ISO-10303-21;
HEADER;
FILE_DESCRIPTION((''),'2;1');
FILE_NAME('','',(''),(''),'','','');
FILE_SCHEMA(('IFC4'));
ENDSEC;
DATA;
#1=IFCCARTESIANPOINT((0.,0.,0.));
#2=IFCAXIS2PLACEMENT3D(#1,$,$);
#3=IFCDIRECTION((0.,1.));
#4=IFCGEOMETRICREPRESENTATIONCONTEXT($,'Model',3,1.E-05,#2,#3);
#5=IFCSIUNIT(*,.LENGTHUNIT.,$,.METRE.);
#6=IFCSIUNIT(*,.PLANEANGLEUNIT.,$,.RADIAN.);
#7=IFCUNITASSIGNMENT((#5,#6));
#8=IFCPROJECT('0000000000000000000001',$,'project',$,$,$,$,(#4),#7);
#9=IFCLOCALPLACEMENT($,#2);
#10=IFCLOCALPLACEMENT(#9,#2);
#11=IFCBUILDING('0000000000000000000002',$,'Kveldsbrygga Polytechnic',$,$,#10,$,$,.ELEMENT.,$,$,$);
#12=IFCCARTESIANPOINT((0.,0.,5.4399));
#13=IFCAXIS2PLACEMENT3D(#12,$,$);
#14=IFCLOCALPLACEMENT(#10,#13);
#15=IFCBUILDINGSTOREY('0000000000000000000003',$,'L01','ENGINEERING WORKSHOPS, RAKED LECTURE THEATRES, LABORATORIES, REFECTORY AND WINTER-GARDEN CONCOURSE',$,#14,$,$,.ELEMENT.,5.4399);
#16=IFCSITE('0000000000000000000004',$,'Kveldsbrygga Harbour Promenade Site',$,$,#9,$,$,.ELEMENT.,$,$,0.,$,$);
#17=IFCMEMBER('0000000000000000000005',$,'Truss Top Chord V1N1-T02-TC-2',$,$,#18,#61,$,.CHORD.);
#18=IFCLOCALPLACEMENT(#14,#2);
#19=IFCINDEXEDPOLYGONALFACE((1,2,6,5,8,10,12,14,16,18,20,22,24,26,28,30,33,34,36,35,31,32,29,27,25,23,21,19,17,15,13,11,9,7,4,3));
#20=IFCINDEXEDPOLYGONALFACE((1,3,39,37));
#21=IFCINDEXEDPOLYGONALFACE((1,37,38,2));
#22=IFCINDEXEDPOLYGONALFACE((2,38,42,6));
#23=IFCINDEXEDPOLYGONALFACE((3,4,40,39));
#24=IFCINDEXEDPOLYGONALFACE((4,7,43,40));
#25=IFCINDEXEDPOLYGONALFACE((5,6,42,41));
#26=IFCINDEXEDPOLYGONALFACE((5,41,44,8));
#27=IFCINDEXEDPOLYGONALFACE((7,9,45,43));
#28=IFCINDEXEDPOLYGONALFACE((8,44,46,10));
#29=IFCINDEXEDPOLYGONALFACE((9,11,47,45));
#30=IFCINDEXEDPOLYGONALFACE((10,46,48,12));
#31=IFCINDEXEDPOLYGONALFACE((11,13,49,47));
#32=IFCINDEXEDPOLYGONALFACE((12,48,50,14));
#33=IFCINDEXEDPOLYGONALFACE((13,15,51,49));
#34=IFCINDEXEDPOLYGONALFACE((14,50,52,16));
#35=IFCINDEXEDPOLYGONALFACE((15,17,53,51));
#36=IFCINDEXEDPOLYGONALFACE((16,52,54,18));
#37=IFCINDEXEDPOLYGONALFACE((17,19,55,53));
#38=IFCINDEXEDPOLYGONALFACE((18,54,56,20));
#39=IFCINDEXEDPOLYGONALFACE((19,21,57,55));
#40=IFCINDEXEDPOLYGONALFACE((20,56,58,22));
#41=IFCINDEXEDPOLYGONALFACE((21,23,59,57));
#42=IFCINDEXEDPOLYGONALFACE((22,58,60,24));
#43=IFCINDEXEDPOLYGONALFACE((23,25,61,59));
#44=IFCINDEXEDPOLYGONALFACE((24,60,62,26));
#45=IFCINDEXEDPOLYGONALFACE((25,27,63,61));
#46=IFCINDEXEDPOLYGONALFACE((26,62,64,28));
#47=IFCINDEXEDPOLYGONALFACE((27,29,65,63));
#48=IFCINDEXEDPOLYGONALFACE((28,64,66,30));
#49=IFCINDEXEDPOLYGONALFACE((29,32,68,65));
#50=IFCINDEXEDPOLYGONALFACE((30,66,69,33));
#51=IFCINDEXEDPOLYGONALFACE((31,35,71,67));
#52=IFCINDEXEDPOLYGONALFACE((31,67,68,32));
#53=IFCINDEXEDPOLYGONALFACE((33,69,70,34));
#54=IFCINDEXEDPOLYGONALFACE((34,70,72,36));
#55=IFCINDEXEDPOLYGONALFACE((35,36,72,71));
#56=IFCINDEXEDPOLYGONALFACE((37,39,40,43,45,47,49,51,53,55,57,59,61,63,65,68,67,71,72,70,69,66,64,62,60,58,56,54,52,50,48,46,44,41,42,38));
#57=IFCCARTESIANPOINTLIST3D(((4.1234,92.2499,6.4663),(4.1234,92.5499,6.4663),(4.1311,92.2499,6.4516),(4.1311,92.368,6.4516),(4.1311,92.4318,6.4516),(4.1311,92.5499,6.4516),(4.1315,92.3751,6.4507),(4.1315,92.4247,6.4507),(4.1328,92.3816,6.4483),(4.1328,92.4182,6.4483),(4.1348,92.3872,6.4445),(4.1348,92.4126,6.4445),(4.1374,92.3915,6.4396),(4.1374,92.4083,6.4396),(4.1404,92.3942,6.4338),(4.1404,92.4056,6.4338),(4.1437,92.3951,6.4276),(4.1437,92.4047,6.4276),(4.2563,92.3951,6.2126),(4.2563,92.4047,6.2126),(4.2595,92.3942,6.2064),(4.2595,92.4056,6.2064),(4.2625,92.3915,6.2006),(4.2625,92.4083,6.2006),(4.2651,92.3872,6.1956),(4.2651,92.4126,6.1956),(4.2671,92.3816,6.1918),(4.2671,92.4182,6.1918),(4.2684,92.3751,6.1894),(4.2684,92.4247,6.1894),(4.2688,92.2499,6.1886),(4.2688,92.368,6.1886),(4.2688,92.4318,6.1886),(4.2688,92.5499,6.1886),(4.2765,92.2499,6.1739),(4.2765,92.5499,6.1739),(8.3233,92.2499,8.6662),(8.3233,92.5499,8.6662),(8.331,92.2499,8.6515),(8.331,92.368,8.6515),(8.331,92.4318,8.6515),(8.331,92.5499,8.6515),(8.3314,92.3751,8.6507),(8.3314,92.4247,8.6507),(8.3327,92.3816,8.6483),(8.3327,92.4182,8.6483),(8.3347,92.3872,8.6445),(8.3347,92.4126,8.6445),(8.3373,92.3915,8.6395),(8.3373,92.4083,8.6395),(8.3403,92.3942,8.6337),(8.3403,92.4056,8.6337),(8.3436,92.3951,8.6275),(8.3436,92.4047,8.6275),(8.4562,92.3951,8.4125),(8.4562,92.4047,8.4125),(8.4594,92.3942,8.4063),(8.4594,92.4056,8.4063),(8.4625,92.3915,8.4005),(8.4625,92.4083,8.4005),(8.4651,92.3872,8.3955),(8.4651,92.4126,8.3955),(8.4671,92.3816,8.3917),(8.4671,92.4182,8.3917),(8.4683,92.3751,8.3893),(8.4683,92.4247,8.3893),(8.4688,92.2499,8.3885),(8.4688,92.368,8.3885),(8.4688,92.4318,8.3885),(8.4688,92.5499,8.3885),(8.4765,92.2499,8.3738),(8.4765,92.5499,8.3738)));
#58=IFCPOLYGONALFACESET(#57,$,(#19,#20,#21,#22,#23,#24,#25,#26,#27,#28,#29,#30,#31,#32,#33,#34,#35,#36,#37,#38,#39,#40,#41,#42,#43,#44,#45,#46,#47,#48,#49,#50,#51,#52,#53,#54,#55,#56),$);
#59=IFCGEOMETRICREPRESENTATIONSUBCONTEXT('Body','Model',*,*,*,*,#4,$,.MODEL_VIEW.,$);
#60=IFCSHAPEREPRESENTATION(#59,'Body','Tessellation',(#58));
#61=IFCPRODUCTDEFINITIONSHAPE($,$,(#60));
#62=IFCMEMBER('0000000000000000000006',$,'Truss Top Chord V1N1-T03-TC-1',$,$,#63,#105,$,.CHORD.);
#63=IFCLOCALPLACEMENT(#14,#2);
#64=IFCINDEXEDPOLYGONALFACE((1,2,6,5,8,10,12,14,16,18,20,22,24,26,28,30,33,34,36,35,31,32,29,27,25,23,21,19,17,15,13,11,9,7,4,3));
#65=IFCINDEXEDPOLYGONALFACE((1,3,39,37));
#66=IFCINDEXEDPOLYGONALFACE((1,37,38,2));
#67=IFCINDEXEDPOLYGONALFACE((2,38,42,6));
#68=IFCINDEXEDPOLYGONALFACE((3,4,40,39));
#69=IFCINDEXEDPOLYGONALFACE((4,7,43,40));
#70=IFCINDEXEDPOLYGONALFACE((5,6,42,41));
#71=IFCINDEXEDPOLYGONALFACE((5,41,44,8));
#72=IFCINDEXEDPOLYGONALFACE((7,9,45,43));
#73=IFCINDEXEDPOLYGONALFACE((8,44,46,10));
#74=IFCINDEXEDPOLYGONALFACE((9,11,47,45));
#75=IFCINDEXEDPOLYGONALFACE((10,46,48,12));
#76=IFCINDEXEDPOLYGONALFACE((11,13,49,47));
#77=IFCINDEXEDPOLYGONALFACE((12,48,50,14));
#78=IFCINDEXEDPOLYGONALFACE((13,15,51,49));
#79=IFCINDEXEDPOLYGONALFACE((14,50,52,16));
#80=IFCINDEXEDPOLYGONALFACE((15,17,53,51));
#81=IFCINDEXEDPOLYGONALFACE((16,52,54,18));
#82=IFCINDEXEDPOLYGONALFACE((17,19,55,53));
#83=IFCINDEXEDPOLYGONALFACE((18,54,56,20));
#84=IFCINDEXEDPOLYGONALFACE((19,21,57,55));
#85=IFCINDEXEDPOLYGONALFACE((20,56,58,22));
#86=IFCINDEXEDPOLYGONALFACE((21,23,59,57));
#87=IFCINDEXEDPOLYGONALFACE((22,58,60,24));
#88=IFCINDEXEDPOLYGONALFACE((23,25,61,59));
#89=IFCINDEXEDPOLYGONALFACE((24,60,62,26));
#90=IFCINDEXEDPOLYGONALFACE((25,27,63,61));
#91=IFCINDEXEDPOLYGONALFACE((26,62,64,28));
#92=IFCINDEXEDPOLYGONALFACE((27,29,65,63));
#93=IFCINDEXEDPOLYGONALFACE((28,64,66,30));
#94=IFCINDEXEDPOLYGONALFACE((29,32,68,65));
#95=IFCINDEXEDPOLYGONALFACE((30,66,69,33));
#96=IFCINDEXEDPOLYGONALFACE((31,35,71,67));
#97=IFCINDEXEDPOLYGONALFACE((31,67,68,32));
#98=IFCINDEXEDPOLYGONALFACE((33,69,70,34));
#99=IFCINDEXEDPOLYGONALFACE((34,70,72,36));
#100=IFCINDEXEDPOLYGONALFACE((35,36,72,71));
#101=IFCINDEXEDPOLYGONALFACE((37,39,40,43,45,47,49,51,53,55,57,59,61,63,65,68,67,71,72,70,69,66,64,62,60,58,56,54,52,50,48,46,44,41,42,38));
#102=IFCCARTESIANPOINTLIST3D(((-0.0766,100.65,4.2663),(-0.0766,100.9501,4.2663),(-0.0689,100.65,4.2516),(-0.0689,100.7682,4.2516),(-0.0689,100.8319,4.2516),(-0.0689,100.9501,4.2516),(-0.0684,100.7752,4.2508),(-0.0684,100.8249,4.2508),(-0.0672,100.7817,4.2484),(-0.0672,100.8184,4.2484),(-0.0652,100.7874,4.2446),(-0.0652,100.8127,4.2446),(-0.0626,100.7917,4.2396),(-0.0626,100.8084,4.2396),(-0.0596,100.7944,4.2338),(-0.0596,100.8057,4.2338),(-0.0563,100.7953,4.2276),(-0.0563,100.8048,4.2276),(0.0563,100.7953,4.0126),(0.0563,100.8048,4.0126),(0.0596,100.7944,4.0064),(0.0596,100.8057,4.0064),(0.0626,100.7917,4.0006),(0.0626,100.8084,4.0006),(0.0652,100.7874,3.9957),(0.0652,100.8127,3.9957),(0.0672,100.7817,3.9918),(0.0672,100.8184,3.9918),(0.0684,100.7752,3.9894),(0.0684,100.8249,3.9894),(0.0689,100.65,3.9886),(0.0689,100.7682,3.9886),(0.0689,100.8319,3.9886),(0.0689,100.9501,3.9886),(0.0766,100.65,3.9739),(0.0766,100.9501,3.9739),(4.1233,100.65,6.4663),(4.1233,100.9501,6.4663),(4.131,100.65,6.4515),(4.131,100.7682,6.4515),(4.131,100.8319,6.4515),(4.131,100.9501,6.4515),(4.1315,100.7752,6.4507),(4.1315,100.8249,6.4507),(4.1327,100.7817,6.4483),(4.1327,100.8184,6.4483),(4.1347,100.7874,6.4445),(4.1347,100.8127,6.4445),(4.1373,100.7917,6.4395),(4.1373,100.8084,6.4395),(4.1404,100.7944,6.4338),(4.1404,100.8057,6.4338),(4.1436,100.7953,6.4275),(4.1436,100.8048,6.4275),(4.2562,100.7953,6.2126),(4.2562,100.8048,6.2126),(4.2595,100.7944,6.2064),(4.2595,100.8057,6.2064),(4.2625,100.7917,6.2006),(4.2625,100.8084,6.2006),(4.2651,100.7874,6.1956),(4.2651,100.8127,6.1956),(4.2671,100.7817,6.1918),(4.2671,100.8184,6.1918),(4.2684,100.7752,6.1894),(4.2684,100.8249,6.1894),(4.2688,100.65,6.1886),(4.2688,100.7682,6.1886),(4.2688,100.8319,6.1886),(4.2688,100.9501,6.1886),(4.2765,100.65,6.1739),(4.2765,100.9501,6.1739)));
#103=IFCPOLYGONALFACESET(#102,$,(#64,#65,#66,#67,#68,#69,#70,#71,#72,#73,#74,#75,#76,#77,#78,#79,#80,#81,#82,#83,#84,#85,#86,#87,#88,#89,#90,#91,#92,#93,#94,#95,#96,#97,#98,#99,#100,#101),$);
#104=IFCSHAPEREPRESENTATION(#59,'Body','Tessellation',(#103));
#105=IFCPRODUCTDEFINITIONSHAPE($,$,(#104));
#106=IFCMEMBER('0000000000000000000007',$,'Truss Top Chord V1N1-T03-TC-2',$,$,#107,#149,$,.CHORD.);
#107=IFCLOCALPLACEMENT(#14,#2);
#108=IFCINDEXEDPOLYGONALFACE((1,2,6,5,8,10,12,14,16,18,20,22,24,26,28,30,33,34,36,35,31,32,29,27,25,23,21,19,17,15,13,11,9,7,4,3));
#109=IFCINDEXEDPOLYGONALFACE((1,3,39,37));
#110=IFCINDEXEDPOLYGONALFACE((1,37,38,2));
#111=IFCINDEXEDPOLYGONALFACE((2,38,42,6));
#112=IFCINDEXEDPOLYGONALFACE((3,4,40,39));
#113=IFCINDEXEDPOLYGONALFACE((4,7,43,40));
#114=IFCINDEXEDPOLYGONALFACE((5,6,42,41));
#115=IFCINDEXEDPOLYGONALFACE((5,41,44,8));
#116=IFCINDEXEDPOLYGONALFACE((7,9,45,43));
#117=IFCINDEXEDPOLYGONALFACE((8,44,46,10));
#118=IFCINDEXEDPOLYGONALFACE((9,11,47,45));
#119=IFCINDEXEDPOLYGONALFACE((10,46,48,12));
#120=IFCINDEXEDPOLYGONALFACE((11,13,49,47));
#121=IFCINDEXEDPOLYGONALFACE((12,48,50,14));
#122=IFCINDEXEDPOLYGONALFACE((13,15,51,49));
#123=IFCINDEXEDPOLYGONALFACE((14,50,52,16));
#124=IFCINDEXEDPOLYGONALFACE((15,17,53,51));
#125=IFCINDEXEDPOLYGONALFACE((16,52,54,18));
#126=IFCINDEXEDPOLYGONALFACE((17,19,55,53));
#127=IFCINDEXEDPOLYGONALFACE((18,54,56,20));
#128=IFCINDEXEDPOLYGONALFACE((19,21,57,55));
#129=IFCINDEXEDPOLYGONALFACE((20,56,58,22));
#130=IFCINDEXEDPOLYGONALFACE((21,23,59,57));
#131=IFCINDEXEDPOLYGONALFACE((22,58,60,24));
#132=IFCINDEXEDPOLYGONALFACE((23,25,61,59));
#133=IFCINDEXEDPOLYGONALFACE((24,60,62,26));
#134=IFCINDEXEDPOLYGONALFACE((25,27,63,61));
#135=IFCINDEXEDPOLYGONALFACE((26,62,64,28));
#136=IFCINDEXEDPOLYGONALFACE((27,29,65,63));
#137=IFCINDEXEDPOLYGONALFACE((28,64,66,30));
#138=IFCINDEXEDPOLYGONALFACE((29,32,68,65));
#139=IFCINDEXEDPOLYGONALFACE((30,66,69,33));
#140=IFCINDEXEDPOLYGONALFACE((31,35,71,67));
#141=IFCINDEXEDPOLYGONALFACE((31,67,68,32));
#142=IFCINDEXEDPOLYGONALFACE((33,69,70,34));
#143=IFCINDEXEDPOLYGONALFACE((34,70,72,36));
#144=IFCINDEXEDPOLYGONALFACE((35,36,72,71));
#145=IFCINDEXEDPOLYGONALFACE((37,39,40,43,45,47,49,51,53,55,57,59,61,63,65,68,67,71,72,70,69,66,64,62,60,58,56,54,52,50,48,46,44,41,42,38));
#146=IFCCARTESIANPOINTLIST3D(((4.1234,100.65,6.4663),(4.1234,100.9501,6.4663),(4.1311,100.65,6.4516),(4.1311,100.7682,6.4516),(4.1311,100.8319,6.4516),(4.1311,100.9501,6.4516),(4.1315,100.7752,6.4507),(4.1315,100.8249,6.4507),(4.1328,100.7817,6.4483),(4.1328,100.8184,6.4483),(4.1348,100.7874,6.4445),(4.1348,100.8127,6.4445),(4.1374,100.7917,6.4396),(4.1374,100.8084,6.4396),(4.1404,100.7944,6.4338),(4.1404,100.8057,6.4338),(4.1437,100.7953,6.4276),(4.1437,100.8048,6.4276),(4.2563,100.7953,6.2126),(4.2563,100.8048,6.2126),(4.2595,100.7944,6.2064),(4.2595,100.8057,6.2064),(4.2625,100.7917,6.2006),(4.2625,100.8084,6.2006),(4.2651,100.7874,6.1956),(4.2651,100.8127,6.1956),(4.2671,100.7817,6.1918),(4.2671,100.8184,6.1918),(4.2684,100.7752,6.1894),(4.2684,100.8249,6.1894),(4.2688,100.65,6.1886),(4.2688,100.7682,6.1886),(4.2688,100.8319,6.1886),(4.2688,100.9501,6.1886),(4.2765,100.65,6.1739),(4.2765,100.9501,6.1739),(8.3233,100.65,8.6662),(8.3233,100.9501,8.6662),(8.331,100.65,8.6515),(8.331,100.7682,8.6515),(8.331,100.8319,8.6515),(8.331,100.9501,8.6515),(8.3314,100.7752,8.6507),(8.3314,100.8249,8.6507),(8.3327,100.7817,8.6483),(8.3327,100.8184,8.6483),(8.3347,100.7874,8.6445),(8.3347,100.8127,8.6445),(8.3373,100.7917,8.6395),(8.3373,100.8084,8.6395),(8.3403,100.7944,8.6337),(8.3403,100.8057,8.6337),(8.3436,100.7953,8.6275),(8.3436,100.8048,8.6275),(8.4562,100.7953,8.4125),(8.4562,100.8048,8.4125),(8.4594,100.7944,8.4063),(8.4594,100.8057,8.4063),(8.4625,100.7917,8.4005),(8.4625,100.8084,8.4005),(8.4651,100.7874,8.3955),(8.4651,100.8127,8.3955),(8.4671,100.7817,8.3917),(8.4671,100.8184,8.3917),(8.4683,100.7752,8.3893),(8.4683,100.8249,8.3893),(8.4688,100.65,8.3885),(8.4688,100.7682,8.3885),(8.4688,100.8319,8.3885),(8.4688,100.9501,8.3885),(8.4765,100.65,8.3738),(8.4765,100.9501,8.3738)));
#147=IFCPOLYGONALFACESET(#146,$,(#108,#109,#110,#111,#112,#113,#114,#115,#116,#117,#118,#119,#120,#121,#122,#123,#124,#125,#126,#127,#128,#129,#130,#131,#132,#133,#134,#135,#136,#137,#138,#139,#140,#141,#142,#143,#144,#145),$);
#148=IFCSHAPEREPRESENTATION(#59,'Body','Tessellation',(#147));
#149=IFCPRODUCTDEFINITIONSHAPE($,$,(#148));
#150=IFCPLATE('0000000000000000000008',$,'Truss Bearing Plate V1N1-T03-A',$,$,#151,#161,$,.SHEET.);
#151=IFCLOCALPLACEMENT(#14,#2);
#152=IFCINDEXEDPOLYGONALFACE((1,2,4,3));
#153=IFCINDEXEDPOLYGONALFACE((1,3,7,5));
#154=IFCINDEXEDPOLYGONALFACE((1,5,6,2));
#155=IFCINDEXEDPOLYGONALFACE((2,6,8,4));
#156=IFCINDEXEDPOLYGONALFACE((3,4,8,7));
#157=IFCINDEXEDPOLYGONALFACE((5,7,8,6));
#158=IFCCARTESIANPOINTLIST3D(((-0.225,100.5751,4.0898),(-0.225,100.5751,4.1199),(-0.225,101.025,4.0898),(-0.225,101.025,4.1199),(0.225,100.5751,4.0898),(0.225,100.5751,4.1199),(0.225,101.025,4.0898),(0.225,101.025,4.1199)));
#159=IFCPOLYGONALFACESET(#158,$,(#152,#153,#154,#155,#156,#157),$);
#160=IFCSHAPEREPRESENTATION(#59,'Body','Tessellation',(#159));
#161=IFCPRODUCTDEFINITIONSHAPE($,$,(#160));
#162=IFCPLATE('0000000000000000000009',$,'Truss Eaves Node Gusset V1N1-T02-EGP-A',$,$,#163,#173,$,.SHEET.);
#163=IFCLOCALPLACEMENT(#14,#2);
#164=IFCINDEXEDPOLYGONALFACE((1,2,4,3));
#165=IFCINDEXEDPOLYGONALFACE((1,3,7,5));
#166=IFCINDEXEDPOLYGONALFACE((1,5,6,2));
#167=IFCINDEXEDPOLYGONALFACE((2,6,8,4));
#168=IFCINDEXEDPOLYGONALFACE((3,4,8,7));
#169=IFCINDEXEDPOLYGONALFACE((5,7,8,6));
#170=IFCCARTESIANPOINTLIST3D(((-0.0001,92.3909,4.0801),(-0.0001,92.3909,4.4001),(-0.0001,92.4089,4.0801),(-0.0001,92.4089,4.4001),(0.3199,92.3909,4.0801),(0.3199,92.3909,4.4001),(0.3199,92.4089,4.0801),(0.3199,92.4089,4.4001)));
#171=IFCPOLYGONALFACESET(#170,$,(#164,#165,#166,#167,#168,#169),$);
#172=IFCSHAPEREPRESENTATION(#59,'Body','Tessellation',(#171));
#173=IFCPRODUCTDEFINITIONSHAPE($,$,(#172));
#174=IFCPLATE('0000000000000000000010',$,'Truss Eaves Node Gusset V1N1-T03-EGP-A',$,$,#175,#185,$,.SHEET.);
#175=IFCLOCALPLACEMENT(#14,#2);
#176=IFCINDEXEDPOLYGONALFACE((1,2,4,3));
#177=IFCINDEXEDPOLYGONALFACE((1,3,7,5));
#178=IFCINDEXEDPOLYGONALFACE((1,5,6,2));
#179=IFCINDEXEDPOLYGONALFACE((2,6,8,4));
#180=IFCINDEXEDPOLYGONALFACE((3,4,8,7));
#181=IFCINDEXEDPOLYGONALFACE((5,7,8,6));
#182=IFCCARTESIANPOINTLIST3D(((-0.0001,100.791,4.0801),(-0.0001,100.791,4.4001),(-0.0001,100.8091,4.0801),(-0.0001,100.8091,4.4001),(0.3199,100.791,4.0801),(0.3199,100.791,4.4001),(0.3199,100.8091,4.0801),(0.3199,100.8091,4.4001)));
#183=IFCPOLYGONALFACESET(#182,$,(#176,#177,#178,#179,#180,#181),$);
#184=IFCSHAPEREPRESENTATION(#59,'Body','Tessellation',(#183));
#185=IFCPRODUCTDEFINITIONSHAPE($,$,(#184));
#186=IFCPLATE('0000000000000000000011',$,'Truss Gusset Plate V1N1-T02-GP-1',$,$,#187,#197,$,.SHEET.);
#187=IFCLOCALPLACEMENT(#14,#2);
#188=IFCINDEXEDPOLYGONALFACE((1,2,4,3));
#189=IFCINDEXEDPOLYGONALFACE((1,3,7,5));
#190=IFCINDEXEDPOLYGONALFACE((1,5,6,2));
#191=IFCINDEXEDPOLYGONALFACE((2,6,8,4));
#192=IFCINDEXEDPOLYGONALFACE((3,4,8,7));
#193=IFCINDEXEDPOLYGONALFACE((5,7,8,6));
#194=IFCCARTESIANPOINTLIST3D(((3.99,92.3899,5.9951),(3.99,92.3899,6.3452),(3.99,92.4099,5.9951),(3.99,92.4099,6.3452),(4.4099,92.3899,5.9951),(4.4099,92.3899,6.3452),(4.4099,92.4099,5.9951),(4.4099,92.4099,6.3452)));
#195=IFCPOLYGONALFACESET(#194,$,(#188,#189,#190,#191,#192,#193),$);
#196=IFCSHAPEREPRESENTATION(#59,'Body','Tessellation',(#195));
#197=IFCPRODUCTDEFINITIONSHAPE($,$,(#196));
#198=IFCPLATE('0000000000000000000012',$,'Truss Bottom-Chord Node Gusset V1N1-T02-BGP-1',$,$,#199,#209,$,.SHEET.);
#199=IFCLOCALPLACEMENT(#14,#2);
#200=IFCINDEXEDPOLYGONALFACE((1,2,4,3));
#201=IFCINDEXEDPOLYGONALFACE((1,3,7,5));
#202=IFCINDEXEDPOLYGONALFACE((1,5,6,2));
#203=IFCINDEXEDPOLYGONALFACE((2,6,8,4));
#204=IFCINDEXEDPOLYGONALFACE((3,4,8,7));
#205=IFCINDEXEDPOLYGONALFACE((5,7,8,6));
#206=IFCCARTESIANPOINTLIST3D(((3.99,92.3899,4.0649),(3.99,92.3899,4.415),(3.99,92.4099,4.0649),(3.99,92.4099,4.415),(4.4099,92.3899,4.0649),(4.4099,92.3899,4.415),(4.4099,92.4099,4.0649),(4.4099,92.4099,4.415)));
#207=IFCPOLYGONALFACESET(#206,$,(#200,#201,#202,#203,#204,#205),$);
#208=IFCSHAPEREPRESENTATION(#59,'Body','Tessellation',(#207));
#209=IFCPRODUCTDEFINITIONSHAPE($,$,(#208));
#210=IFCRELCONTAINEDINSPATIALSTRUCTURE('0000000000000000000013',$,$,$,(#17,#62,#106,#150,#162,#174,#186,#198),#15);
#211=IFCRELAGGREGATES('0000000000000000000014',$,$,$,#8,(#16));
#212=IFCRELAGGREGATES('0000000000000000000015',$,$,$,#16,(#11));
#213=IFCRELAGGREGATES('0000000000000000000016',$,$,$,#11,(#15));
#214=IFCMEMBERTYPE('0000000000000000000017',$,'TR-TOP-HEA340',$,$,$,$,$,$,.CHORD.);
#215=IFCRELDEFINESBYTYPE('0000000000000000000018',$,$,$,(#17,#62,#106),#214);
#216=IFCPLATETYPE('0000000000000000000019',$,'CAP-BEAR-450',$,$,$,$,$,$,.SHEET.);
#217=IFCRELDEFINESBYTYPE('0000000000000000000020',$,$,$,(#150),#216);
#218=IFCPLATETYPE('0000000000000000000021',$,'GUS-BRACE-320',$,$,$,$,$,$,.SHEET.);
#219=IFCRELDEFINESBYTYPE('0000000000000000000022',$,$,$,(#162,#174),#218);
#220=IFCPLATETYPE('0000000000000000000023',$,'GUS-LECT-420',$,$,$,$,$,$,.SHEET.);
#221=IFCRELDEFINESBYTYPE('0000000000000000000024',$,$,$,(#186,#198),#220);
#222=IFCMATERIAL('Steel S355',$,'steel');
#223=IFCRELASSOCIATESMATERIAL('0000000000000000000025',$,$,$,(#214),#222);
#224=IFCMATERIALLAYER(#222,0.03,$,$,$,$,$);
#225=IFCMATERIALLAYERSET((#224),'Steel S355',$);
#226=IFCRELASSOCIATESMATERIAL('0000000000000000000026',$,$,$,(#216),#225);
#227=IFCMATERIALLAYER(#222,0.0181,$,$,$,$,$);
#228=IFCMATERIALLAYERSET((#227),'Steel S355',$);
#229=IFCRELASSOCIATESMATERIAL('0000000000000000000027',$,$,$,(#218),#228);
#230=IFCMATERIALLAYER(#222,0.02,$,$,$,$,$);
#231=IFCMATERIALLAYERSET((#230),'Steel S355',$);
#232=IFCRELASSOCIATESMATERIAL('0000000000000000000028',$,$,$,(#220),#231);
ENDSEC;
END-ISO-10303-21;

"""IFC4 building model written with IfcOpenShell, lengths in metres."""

from ifc_helpers import new_model, si_unit, direction, frame, origin, origin_2d, place, context, subcontext, project, spatial, rectangle, i_section, extrude, material, layer, layer_set, material_profile, profile_set, type_object, element, save


model = new_model("IFC4")

# Units and contexts
model_context = context("Model", 3, precision=1e-05, world=origin(), true_north=direction((0.0, 1.0)))
body_context = subcontext(model_context, "Body", "Model", "MODEL_VIEW")
ifc_project = project(units=[si_unit("LENGTHUNIT", "METRE"), si_unit("PLANEANGLEUNIT", "RADIAN")], contexts=[model_context])

# Site, building, storey
site_placement = place(None, origin())
site = spatial("IfcSite", under=ifc_project, at=site_placement, Name="Kveldsbrygga Harbour Promenade Site", CompositionType="ELEMENT", RefElevation=0.0)
building_placement = place(site_placement, origin())
building = spatial("IfcBuilding", under=site, at=building_placement, Name="Kveldsbrygga Polytechnic", CompositionType="ELEMENT")
storey_placement = place(building_placement, frame((0.0, 0.0, 5.4399)))
storey = spatial("IfcBuildingStorey", under=building, at=storey_placement, Name="L01", Description="ENGINEERING WORKSHOPS, RAKED LECTURE THEATRES, LABORATORIES, REFECTORY AND WINTER-GARDEN CONCOURSE", CompositionType="ELEMENT", Elevation=5.4399)

# Members
ifc_material_1 = material(Name="Steel S355", Category="steel")
ifc_material_profile_1 = material_profile(ifc_material_1, i_section(OverallWidth=0.3, OverallDepth=0.3301, WebThickness=0.0095, FlangeThickness=0.0166, FilletRadius=0.0271, at=origin_2d()), Name="HEA 340")
ifc_profile_set_1 = profile_set([ifc_material_profile_1], Name="Steel S355")
member_type_1 = type_object("IfcMemberType", Name="TR-TOP-HEA340", PredefinedType="CHORD", material=ifc_profile_set_1)
for number, where, z_axis, x_axis, name in (
    (1, (4.2, 92.3999, 6.3201), (0.885834, 0.0, 0.464003), (0.0, 1.0, 0.0), "Truss Top Chord V1N1-T02-TC-2"),
    (2, (0.0, 100.8, 4.1201), (0.885834, 0.0, 0.464003), (0.0, 1.0, 0.0), "Truss Top Chord V1N1-T03-TC-1"),
    (3, (4.2, 100.8, 6.3201), (0.885834, 0.0, 0.464003), (0.0, 1.0, 0.0), "Truss Top Chord V1N1-T03-TC-2"),
):
    element("IfcMember", number, at=place(storey_placement, frame(where, z_axis=z_axis, x_axis=x_axis)), inside=storey, type_object=member_type_1, Name=name, PredefinedType="CHORD", context=body_context, shape_type="SweptSolid", body=[
        extrude(i_section(OverallWidth=0.3, OverallDepth=0.3301, WebThickness=0.0095, FlangeThickness=0.0166, FilletRadius=0.0271, at=origin_2d()), origin(), (0.0, 0.0, 1.0), 4.7412),
    ])

# Plates
ifc_layer_1 = layer(ifc_material_1, 0.03)
ifc_layer_set_1 = layer_set([ifc_layer_1], Name="Steel S355")
plate_type_1 = type_object("IfcPlateType", Name="CAP-BEAR-450", PredefinedType="SHEET", material=ifc_layer_set_1)
plate_placement = place(storey_placement, frame((0.0, 100.8, 4.0898), z_axis=(0.0, 0.0, 1.0), x_axis=(1.0, 0.0, 0.0)))
element("IfcPlate", 4, at=plate_placement, inside=storey, type_object=plate_type_1, Name="Truss Bearing Plate V1N1-T03-A", PredefinedType="SHEET", context=body_context, shape_type="SweptSolid", body=[
    extrude(rectangle(XDim=0.45, YDim=0.45, at=origin_2d()), origin(), (0.0, 0.0, 1.0), 0.03),
])
ifc_layer_2 = layer(ifc_material_1, 0.0181)
ifc_layer_set_2 = layer_set([ifc_layer_2], Name="Steel S355")
plate_type_2 = type_object("IfcPlateType", Name="GUS-BRACE-320", PredefinedType="SHEET", material=ifc_layer_set_2)
for number, where, z_axis, x_axis, name in (
    (5, (0.1599, 92.3999, 4.0801), (0.0, 0.0, 1.0), (1.0, 0.0, 0.0), "Truss Eaves Node Gusset V1N1-T02-EGP-A"),
    (6, (0.1599, 100.8, 4.0801), (0.0, 0.0, 1.0), (1.0, 0.0, 0.0), "Truss Eaves Node Gusset V1N1-T03-EGP-A"),
):
    element("IfcPlate", number, at=place(storey_placement, frame(where, z_axis=z_axis, x_axis=x_axis)), inside=storey, type_object=plate_type_2, Name=name, PredefinedType="SHEET", context=body_context, shape_type="SweptSolid", body=[
        extrude(rectangle(XDim=0.3201, YDim=0.0181, at=origin_2d()), origin(), (0.0, 0.0, 1.0), 0.3201),
    ])
ifc_layer_3 = layer(ifc_material_1, 0.02)
ifc_layer_set_3 = layer_set([ifc_layer_3], Name="Steel S355")
plate_type_3 = type_object("IfcPlateType", Name="GUS-LECT-420", PredefinedType="SHEET", material=ifc_layer_set_3)
for number, where, z_axis, x_axis, name in (
    (7, (4.2, 92.3999, 5.9951), (0.0, 0.0, 1.0), (1.0, 0.0, 0.0), "Truss Gusset Plate V1N1-T02-GP-1"),
    (8, (4.2, 92.3999, 4.0649), (0.0, 0.0, 1.0), (1.0, 0.0, 0.0), "Truss Bottom-Chord Node Gusset V1N1-T02-BGP-1"),
):
    element("IfcPlate", number, at=place(storey_placement, frame(where, z_axis=z_axis, x_axis=x_axis)), inside=storey, type_object=plate_type_3, Name=name, PredefinedType="SHEET", context=body_context, shape_type="SweptSolid", body=[
        extrude(rectangle(XDim=0.4199, YDim=0.02, at=origin_2d()), origin(), (0.0, 0.0, 1.0), 0.3501),
    ])

save(model, "model.ifc")
